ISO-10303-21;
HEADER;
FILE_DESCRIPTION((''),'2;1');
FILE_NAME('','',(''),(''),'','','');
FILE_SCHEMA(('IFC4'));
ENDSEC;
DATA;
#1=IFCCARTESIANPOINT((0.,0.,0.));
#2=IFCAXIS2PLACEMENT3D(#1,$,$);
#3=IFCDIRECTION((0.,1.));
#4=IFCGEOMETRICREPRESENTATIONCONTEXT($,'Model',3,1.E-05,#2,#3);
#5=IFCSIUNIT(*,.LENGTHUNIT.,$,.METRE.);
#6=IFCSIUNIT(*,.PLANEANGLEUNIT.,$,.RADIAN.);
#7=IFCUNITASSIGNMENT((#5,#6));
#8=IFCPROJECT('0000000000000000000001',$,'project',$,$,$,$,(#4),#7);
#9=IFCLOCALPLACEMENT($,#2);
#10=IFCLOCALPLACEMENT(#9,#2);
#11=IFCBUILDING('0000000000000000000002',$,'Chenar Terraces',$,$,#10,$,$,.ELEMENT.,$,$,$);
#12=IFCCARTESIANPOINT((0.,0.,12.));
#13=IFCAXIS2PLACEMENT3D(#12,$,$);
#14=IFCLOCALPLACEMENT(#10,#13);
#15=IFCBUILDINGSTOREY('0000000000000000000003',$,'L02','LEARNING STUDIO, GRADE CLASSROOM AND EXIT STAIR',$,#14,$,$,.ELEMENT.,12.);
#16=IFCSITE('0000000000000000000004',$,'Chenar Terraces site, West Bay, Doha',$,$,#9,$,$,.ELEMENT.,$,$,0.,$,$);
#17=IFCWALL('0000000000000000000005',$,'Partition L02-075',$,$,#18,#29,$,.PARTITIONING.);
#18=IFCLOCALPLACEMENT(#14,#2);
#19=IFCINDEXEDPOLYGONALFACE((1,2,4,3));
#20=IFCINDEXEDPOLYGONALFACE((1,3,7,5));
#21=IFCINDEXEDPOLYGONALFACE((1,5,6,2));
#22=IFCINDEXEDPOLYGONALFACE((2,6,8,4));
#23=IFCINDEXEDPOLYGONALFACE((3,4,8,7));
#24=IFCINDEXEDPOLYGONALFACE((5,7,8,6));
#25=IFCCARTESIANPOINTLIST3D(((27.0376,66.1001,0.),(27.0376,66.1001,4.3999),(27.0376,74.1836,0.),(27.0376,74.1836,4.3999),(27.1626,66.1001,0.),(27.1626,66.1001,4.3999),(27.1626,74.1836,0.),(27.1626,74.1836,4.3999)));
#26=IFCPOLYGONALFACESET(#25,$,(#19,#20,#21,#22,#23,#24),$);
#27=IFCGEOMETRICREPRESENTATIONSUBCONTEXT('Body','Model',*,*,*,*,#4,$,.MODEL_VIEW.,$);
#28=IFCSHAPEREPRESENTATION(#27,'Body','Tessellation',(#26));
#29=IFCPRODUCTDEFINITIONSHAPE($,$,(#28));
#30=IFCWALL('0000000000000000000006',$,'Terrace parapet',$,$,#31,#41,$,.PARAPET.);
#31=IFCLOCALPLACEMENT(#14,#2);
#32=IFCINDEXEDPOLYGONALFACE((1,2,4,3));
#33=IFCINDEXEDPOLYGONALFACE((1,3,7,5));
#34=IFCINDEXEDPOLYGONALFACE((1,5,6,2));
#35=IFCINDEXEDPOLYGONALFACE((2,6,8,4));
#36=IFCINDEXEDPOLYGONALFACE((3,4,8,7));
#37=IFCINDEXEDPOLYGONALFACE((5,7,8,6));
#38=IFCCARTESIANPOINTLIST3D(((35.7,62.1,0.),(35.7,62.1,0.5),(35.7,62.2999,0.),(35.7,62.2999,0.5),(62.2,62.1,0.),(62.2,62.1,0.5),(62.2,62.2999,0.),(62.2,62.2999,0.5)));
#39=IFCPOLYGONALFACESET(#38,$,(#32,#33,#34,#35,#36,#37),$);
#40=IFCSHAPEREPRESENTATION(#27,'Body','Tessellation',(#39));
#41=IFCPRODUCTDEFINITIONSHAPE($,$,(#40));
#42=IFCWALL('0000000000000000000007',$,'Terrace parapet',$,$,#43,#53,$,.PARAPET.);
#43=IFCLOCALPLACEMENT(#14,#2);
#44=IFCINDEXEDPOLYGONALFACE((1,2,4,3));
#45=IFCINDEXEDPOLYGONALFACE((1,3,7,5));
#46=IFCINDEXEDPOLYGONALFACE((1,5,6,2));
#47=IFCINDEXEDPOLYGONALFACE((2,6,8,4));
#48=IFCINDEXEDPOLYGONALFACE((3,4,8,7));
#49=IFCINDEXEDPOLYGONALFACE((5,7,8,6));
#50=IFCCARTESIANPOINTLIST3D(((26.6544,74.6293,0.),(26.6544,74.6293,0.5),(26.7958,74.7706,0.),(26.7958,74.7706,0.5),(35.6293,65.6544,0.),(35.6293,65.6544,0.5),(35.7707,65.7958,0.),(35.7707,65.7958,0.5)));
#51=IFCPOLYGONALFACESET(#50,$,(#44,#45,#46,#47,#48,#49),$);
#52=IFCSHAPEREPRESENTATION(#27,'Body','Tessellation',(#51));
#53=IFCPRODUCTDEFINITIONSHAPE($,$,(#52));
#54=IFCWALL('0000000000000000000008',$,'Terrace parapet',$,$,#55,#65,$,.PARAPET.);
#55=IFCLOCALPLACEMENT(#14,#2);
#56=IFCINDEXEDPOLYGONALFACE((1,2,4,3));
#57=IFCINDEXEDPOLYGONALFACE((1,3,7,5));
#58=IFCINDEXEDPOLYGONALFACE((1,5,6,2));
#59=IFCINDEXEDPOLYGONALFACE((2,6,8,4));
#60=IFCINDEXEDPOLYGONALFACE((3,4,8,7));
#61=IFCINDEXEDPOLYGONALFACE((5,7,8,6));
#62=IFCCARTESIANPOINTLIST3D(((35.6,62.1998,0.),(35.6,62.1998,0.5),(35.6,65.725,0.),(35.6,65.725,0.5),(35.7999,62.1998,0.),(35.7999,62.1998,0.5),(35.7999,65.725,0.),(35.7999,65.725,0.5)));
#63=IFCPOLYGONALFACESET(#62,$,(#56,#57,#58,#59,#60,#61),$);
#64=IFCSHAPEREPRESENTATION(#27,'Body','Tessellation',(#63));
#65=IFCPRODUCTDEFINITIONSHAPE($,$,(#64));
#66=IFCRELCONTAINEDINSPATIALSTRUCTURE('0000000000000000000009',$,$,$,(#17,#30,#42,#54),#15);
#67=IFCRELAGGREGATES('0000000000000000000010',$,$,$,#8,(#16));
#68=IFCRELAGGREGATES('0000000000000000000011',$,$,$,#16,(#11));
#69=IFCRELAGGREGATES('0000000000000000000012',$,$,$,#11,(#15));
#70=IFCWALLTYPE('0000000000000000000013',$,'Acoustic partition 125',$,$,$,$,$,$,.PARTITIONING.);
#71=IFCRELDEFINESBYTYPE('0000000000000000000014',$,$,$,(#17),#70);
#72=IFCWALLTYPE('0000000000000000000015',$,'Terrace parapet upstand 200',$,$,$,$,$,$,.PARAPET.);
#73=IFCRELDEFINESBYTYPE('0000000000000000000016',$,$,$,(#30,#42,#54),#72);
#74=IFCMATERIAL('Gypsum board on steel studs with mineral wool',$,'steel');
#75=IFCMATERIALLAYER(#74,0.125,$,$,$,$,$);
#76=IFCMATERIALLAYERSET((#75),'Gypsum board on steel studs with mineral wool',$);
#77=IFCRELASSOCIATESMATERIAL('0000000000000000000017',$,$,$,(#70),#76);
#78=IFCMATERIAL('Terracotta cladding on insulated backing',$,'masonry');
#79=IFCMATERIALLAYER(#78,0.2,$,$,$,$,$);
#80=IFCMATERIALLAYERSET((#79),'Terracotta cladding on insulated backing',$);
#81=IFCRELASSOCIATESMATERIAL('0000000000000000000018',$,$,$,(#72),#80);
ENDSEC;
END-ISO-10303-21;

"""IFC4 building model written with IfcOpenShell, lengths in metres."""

from ifc_helpers import new_model, si_unit, direction, frame, frame_2d, origin, place, context, subcontext, project, spatial, rectangle, extrude, material, layer, layer_set, type_object, element, save


model = new_model("IFC4")

# Units and contexts
model_context = context("Model", 3, precision=1e-05, world=origin(), true_north=direction((0.0, 1.0)))
body_context = subcontext(model_context, "Body", "Model", "MODEL_VIEW")
ifc_project = project(units=[si_unit("LENGTHUNIT", "METRE"), si_unit("PLANEANGLEUNIT", "RADIAN")], contexts=[model_context])

# Site, building, storey
site_placement = place(None, origin())
site = spatial("IfcSite", under=ifc_project, at=site_placement, Name="Chenar Terraces site, West Bay, Doha", CompositionType="ELEMENT", RefElevation=0.0)
building_placement = place(site_placement, origin())
building = spatial("IfcBuilding", under=site, at=building_placement, Name="Chenar Terraces", CompositionType="ELEMENT")
storey_placement = place(building_placement, frame((0.0, 0.0, 12.0)))
storey = spatial("IfcBuildingStorey", under=building, at=storey_placement, Name="L02", Description="LEARNING STUDIO, GRADE CLASSROOM AND EXIT STAIR", CompositionType="ELEMENT", Elevation=12.0)

# Wall
ifc_material_1 = material(Name="Gypsum board on steel studs with mineral wool", Category="steel")
ifc_layer_1 = layer(ifc_material_1, 0.125)
ifc_layer_set_1 = layer_set([ifc_layer_1], Name="Gypsum board on steel studs with mineral wool")
wall_type_1 = type_object("IfcWallType", Name="Acoustic partition 125", PredefinedType="PARTITIONING", material=ifc_layer_set_1)
wall_1_placement = place(storey_placement, frame((27.1001, 66.1001, 0.0), z_axis=(0.0, 0.0, 1.0), x_axis=(0.0, 1.0, 0.0)))
element("IfcWall", 1, at=wall_1_placement, inside=storey, type_object=wall_type_1, Name="Partition L02-075", PredefinedType="PARTITIONING", context=body_context, shape_type="SweptSolid", body=[
    extrude(rectangle(XDim=8.0835, YDim=0.125, at=frame_2d((4.0417, 0.0))), origin(), (0.0, 0.0, 1.0), 4.3999),
])

# Walls
ifc_material_2 = material(Name="Terracotta cladding on insulated backing", Category="masonry")
ifc_layer_2 = layer(ifc_material_2, 0.2)
ifc_layer_set_2 = layer_set([ifc_layer_2], Name="Terracotta cladding on insulated backing")
wall_type_2 = type_object("IfcWallType", Name="Terrace parapet upstand 200", PredefinedType="PARAPET", material=ifc_layer_set_2)
wall_2_placement = place(storey_placement, frame((35.7, 62.2, 0.0), z_axis=(0.0, 0.0, 1.0), x_axis=(1.0, 0.0, 0.0)))
element("IfcWall", 2, at=wall_2_placement, inside=storey, type_object=wall_type_2, Name="Terrace parapet", PredefinedType="PARAPET", context=body_context, shape_type="SweptSolid", body=[
    extrude(rectangle(XDim=26.5, YDim=0.2, at=frame_2d((13.25, 0.0))), origin(), (0.0, 0.0, 1.0), 0.5),
])
wall_3_placement = place(storey_placement, frame((26.7251, 74.7, 0.0), z_axis=(0.0, 0.0, 1.0), x_axis=(0.707107, -0.707107, 0.0)))
element("IfcWall", 3, at=wall_3_placement, inside=storey, type_object=wall_type_2, Name="Terrace parapet", PredefinedType="PARAPET", context=body_context, shape_type="SweptSolid", body=[
    extrude(rectangle(XDim=12.6924, YDim=0.2, at=frame_2d((6.3462, 0.0))), origin(), (0.0, 0.0, 1.0), 0.5),
])
wall_4_placement = place(storey_placement, frame((35.7, 65.7251, 0.0), z_axis=(0.0, 0.0, 1.0), x_axis=(0.0, -1.0, 0.0)))
element("IfcWall", 4, at=wall_4_placement, inside=storey, type_object=wall_type_2, Name="Terrace parapet", PredefinedType="PARAPET", context=body_context, shape_type="SweptSolid", body=[
    extrude(rectangle(XDim=3.5251, YDim=0.2, at=frame_2d((1.7627, 0.0))), origin(), (0.0, 0.0, 1.0), 0.5),
])

save(model, "model.ifc")
